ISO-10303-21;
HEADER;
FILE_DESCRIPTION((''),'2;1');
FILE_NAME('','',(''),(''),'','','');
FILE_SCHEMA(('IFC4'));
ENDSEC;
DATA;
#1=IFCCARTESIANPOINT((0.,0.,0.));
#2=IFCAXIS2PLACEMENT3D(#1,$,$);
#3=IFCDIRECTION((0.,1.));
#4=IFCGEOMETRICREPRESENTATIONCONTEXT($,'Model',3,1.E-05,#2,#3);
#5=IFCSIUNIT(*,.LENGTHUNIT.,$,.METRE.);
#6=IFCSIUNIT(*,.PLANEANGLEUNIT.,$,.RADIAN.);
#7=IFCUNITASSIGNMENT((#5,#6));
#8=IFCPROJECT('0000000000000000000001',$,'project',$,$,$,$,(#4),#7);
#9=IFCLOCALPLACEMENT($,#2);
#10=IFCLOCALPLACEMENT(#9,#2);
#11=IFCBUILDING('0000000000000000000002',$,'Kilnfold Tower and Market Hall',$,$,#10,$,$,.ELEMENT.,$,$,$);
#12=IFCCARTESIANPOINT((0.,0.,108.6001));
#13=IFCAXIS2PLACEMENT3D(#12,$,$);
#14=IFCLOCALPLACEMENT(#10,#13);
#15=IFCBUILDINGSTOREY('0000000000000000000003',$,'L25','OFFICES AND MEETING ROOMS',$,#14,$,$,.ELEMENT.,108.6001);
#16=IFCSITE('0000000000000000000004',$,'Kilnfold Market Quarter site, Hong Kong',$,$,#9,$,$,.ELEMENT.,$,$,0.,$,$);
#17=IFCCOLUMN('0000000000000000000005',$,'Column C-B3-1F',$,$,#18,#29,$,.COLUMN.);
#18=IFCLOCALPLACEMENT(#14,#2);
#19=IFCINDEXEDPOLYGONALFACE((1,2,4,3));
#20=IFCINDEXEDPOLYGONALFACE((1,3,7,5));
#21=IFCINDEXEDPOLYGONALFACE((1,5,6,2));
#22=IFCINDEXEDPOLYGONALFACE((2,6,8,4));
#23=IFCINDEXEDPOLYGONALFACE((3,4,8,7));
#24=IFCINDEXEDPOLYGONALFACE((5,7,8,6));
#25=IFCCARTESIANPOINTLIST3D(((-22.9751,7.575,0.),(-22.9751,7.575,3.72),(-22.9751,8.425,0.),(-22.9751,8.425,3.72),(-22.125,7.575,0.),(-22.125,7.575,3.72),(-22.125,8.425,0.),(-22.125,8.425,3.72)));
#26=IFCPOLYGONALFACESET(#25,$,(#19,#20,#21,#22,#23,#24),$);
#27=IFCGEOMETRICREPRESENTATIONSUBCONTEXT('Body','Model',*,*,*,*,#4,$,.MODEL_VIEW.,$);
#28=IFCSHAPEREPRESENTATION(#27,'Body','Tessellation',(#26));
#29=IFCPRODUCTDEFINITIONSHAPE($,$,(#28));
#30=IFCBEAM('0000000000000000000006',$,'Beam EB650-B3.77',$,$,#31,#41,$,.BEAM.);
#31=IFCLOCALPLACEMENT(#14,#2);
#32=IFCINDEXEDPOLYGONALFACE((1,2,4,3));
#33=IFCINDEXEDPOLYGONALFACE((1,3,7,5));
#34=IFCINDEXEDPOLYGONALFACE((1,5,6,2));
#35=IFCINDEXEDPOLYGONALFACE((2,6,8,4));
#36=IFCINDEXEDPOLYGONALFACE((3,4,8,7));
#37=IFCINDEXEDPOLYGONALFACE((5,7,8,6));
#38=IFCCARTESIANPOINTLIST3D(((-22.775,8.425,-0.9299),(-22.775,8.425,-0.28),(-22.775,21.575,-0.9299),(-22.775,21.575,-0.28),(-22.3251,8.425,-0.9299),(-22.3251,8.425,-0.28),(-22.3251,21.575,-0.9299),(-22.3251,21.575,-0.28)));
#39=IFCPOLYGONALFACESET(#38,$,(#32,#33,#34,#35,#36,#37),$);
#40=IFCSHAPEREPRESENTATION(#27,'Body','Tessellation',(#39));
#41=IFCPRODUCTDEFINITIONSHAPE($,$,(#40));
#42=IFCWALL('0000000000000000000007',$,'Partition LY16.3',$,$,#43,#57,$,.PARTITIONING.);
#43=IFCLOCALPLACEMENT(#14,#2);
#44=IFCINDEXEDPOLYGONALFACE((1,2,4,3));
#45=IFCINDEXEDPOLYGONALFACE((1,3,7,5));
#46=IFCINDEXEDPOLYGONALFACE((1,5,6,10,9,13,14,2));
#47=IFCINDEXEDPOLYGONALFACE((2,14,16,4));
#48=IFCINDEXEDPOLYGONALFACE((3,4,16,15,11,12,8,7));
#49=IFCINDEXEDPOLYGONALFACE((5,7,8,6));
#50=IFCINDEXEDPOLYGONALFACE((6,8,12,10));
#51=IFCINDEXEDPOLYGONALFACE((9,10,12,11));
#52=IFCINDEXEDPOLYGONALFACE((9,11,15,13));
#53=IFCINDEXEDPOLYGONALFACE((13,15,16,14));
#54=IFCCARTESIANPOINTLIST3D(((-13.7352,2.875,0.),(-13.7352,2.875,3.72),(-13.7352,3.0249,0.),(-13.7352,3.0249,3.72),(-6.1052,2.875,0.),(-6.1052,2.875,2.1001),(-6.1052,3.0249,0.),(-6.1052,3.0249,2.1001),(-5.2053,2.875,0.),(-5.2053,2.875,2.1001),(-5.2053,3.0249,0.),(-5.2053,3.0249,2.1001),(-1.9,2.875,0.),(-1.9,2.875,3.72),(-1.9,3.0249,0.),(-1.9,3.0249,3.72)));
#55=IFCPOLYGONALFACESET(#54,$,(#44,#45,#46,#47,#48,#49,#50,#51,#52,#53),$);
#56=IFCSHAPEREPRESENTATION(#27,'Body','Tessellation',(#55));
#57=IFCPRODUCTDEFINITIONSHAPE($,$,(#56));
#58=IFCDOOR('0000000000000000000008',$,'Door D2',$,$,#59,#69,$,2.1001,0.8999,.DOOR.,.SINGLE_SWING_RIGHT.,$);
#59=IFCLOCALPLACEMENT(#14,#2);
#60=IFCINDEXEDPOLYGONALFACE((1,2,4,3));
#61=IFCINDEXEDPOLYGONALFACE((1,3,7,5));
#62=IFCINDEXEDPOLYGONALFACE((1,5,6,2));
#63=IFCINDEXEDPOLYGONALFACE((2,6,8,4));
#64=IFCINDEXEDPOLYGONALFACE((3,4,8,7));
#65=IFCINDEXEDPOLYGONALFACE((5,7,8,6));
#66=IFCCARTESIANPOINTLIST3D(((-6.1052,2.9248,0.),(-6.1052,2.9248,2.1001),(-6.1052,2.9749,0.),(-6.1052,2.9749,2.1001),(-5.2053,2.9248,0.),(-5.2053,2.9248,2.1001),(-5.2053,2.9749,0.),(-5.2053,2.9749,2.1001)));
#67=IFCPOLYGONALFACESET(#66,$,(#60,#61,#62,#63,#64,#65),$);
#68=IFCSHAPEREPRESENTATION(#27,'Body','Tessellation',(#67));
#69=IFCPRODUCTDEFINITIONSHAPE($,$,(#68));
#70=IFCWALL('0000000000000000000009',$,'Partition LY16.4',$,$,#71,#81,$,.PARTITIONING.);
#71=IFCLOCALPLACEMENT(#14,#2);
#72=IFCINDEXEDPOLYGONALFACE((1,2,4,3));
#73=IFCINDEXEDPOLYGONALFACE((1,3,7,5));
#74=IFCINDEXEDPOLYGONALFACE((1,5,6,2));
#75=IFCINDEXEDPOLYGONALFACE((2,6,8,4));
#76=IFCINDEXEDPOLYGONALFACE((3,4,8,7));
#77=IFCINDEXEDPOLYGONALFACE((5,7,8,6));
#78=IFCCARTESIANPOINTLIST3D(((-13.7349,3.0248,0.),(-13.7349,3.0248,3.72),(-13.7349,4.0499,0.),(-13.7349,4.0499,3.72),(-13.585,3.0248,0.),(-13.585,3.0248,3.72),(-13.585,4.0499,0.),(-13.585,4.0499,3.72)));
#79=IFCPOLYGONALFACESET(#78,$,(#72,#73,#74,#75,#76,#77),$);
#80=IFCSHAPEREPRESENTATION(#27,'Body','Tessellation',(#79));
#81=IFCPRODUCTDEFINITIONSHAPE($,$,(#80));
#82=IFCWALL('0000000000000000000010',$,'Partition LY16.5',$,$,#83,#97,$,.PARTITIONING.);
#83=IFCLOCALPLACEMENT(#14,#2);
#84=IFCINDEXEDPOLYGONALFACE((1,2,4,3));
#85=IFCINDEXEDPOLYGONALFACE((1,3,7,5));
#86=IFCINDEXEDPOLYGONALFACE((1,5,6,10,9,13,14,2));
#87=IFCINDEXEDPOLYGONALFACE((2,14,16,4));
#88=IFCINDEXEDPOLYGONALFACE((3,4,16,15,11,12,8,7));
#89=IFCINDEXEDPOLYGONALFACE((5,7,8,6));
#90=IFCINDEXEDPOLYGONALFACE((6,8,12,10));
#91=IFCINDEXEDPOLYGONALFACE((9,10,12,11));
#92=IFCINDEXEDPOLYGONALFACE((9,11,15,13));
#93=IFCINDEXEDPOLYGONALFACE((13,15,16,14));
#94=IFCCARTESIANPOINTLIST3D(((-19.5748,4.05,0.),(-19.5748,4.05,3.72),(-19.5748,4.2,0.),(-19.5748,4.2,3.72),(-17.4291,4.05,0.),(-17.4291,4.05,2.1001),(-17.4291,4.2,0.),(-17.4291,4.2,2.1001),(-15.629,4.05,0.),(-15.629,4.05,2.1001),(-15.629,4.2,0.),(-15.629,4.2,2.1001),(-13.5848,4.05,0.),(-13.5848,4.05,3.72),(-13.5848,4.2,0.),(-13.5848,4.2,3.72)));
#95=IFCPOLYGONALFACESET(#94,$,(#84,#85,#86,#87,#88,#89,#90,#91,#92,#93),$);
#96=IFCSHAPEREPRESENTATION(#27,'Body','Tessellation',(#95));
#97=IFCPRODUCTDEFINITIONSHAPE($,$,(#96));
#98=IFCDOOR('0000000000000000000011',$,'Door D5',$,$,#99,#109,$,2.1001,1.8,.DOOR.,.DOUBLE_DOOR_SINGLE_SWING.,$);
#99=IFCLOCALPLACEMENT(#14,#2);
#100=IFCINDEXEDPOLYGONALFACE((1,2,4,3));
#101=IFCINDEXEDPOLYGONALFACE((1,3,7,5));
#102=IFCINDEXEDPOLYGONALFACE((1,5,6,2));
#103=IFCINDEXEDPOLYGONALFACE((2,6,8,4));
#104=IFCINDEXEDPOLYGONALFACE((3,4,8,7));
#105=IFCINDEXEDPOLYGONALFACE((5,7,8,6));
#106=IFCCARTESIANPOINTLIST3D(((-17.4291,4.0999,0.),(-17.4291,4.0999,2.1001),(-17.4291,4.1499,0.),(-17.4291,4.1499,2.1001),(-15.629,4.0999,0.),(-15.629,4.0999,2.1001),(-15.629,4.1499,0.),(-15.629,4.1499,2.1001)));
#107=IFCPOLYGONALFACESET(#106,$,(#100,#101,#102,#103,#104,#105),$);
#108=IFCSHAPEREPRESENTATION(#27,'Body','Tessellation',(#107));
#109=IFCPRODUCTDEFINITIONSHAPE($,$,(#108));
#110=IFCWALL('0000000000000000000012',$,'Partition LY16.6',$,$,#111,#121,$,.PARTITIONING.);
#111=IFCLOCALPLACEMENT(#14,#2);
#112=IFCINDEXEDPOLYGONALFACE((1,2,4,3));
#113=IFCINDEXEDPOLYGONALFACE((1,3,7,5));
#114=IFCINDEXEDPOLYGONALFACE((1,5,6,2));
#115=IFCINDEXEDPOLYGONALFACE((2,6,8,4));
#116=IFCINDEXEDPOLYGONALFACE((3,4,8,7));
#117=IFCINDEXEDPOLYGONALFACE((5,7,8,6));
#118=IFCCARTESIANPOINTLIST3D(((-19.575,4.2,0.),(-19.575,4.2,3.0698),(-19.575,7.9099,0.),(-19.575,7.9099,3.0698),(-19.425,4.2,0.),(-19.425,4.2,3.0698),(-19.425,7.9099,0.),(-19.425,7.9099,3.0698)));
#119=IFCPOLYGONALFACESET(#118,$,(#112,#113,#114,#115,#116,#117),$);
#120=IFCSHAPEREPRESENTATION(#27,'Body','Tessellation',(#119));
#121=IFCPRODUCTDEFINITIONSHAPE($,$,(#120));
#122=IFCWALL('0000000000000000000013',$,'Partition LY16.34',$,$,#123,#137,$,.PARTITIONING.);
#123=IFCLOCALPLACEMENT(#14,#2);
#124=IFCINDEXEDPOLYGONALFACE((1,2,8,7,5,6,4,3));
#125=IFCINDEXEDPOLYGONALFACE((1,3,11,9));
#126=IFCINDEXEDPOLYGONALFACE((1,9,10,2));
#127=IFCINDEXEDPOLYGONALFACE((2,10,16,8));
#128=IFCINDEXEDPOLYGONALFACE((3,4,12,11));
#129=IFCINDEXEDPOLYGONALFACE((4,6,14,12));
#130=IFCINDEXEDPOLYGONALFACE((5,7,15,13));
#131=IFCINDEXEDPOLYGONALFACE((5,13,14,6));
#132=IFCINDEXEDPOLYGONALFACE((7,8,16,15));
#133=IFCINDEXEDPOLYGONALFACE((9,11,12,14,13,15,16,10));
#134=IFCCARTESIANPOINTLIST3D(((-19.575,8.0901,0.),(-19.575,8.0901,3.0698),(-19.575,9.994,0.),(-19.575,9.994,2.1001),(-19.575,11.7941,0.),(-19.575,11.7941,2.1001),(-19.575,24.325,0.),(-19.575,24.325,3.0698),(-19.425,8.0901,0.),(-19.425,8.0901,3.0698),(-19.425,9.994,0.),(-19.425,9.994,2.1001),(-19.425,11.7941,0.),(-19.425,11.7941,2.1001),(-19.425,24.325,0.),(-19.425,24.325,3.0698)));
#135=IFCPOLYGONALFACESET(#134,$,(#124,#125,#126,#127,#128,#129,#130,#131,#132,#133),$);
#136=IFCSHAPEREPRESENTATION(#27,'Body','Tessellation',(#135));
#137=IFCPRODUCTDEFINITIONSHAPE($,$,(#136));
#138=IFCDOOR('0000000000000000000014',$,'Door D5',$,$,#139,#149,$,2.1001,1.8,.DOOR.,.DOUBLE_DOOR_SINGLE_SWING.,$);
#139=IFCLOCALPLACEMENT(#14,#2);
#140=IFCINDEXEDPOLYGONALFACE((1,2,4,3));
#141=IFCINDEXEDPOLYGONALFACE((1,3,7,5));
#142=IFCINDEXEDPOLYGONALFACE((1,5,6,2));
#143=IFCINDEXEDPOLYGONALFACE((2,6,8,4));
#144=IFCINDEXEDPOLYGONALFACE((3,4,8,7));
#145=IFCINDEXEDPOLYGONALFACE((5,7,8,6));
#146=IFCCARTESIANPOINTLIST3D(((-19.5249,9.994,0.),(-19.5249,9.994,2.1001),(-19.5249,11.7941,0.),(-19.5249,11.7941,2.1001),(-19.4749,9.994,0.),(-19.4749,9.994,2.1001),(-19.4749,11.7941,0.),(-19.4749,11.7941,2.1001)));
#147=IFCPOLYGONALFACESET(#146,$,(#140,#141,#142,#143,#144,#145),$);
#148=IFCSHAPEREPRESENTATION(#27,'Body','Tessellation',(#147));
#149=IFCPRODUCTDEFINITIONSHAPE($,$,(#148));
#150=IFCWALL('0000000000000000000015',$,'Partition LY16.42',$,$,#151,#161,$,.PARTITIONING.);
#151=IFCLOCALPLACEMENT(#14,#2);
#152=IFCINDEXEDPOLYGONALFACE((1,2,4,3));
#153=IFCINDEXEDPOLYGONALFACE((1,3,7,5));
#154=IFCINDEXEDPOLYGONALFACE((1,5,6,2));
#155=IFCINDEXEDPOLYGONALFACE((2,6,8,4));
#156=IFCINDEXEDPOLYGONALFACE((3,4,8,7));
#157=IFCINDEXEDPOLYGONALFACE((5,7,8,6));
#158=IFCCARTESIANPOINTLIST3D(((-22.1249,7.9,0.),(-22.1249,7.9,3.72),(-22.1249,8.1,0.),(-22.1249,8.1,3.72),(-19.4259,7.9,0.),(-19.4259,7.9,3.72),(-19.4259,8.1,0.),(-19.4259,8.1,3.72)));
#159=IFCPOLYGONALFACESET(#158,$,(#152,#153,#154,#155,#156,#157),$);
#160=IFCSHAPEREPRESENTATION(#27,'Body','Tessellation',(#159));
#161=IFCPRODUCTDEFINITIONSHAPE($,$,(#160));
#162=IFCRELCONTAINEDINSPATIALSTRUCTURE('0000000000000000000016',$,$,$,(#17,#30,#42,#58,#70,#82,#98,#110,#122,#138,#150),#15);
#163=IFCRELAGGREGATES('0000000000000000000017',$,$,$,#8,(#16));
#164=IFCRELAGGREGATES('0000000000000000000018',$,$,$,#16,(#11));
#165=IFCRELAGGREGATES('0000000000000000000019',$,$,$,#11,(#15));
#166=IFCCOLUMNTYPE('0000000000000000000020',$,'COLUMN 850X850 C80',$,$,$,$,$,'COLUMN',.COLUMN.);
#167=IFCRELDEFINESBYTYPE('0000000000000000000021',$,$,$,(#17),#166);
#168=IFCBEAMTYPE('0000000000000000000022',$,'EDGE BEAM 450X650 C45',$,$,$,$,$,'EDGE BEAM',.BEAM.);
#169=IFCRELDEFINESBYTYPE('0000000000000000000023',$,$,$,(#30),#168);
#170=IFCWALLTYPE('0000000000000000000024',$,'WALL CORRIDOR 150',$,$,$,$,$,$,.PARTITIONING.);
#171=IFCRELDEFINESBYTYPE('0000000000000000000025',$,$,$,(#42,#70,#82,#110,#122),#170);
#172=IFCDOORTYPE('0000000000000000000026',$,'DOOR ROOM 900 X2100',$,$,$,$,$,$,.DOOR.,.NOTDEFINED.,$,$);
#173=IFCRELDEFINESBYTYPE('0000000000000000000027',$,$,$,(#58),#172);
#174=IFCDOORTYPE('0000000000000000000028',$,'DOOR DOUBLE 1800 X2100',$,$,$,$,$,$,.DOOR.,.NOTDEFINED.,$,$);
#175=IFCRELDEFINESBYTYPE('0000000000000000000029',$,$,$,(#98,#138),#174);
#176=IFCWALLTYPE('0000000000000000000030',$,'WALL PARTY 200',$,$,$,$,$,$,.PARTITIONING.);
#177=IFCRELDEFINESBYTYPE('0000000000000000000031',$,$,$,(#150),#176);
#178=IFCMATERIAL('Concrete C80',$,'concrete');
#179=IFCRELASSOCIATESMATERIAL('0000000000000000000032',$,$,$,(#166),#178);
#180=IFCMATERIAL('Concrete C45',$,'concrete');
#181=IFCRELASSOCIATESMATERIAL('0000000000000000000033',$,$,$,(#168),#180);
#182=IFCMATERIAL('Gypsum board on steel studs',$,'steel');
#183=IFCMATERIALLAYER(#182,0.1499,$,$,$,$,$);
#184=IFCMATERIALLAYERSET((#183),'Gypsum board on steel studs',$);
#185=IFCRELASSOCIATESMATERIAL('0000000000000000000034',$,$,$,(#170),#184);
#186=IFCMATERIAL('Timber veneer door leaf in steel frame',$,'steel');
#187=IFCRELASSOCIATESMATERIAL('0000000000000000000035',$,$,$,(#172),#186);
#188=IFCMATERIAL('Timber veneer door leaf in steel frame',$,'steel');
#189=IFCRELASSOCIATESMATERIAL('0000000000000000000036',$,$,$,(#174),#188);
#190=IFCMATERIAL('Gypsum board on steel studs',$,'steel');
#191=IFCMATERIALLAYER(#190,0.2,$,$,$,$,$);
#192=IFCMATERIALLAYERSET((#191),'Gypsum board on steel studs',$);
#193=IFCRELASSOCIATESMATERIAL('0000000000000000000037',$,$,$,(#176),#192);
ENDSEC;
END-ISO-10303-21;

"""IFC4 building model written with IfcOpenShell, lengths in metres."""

from ifc_helpers import new_model, si_unit, direction, frame, frame_2d, origin, origin_2d, place, context, subcontext, project, spatial, rectangle, extrude, source, transform, mapped, material, layer, layer_set, material_profile, profile_set, type_object, element, fill, save


model = new_model("IFC4")

# Units and contexts
model_context = context("Model", 3, precision=1e-05, world=origin(), true_north=direction((0.0, 1.0)))
body_context = subcontext(model_context, "Body", "Model", "MODEL_VIEW")
ifc_project = project(units=[si_unit("LENGTHUNIT", "METRE"), si_unit("PLANEANGLEUNIT", "RADIAN")], contexts=[model_context])

# Site, building, storey
site_placement = place(None, origin())
site = spatial("IfcSite", under=ifc_project, at=site_placement, Name="Kilnfold Market Quarter site, Hong Kong", CompositionType="ELEMENT", RefElevation=0.0)
building_placement = place(site_placement, origin())
building = spatial("IfcBuilding", under=site, at=building_placement, Name="Kilnfold Tower and Market Hall", CompositionType="ELEMENT")
storey_placement = place(building_placement, frame((0.0, 0.0, 108.6001)))
storey = spatial("IfcBuildingStorey", under=building, at=storey_placement, Name="L25", Description="OFFICES AND MEETING ROOMS", CompositionType="ELEMENT", Elevation=108.6001)

# Column
ifc_material_1 = material(Name="Concrete C80", Category="concrete")
ifc_material_profile_1 = material_profile(ifc_material_1, rectangle(XDim=0.8501, YDim=0.8501, at=origin_2d()), Name="RC 850x850")
ifc_profile_set_1 = profile_set([ifc_material_profile_1], Name="Concrete C80")
column_type = type_object("IfcColumnType", Name="COLUMN 850X850 C80", ElementType="COLUMN", PredefinedType="COLUMN", material=ifc_profile_set_1)
shared_shape_1 = source(origin(), body_context, "Body", "SweptSolid", [
    extrude(rectangle(XDim=0.8501, YDim=0.8501, at=origin_2d()), origin(), (0.0, 0.0, 1.0), 3.72),
])
column_placement = place(storey_placement, frame((-22.55, 8.0, 0.0), z_axis=(0.0, 0.0, 1.0), x_axis=(1.0, 0.0, 0.0)))
element("IfcColumn", 1, at=column_placement, inside=storey, type_object=column_type, Name="Column C-B3-1F", PredefinedType="COLUMN", context=body_context, shape_type="MappedRepresentation", body=[
    mapped(shared_shape_1, transform((0.0, 0.0, 0.0))),
])

# Beam
ifc_material_2 = material(Name="Concrete C45", Category="concrete")
ifc_material_profile_2 = material_profile(ifc_material_2, rectangle(XDim=0.45, YDim=0.6499, at=origin_2d()), Name="RC 450x650")
ifc_profile_set_2 = profile_set([ifc_material_profile_2], Name="Concrete C45")
beam_type = type_object("IfcBeamType", Name="EDGE BEAM 450X650 C45", ElementType="EDGE BEAM", PredefinedType="BEAM", material=ifc_profile_set_2)
shared_shape_2 = source(origin(), body_context, "Body", "SweptSolid", [
    extrude(rectangle(XDim=0.45, YDim=0.6499, at=origin_2d()), origin(), (0.0, 0.0, 1.0), 13.1499),
])
beam_placement = place(storey_placement, frame((-22.55, 8.425, -0.605), z_axis=(0.0, 1.0, 0.0), x_axis=(-1.0, 0.0, 0.0)))
element("IfcBeam", 2, at=beam_placement, inside=storey, type_object=beam_type, Name="Beam EB650-B3.77", PredefinedType="BEAM", context=body_context, shape_type="MappedRepresentation", body=[
    mapped(shared_shape_2, transform((0.0, 0.0, 0.0))),
])

# Wall, opening, door
ifc_material_3 = material(Name="Gypsum board on steel studs", Category="steel")
ifc_layer_1 = layer(ifc_material_3, 0.1499)
ifc_layer_set_1 = layer_set([ifc_layer_1], Name="Gypsum board on steel studs")
wall_type_1 = type_object("IfcWallType", Name="WALL CORRIDOR 150", PredefinedType="PARTITIONING", material=ifc_layer_set_1)
wall_1_placement = place(storey_placement, frame((-13.7351, 2.95, 0.0), z_axis=(0.0, 0.0, 1.0), x_axis=(1.0, 0.0, 0.0)))
wall_1 = element("IfcWall", 3, at=wall_1_placement, inside=storey, type_object=wall_type_1, Name="Partition LY16.3", PredefinedType="PARTITIONING", context=body_context, shape_type="SweptSolid", body=[
    extrude(rectangle(XDim=11.8352, YDim=0.1499, at=frame_2d((5.9175, 0.0))), origin(), (0.0, 0.0, 1.0), 3.72),
])
opening_1_placement = place(wall_1_placement, frame((7.6299, 0.0, 0.0)))
opening_1 = element("IfcOpeningElement", 4, at=opening_1_placement, cuts=wall_1, PredefinedType="OPENING", context=body_context, shape_type="SweptSolid", body=[
    extrude(rectangle(XDim=0.8999, YDim=2.1001, at=frame_2d((0.45, 1.05))), frame((0.0, 0.085, 0.0), z_axis=(0.0, -1.0, 0.0), x_axis=(1.0, 0.0, 0.0)), (0.0, 0.0, 1.0), 0.1699),
])
ifc_material_4 = material(Name="Timber veneer door leaf in steel frame", Category="steel")
door_type_1 = type_object("IfcDoorType", Name="DOOR ROOM 900 X2100", OperationType="NOTDEFINED", PredefinedType="DOOR", material=ifc_material_4)
door_1_placement = place(opening_1_placement, origin())
door_1 = element("IfcDoor", 5, at=door_1_placement, inside=storey, type_object=door_type_1, Name="Door D2", OperationType="SINGLE_SWING_RIGHT", OverallHeight=2.1001, OverallWidth=0.8999, PredefinedType="DOOR", context=body_context, shape_type="SweptSolid", body=[
    extrude(rectangle(XDim=0.8999, YDim=2.1001, at=frame_2d((0.45, 1.05))), frame((0.0, 0.0249, 0.0), z_axis=(0.0, -1.0, 0.0), x_axis=(1.0, 0.0, 0.0)), (0.0, 0.0, 1.0), 0.05),
])
fill(opening_1, door_1)

# Wall
wall_2_placement = place(storey_placement, frame((-13.6599, 4.05, 0.0), z_axis=(0.0, 0.0, 1.0), x_axis=(0.0, -1.0, 0.0)))
element("IfcWall", 6, at=wall_2_placement, inside=storey, type_object=wall_type_1, Name="Partition LY16.4", PredefinedType="PARTITIONING", context=body_context, shape_type="SweptSolid", body=[
    extrude(rectangle(XDim=1.0251, YDim=0.1499, at=frame_2d((0.5127, 0.0))), origin(), (0.0, 0.0, 1.0), 3.72),
])

# Wall, opening, door
wall_3_placement = place(storey_placement, frame((-19.575, 4.125, 0.0), z_axis=(0.0, 0.0, 1.0), x_axis=(1.0, 0.0, 0.0)))
wall_3 = element("IfcWall", 7, at=wall_3_placement, inside=storey, type_object=wall_type_1, Name="Partition LY16.5", PredefinedType="PARTITIONING", context=body_context, shape_type="SweptSolid", body=[
    extrude(rectangle(XDim=5.99, YDim=0.1499, at=frame_2d((2.9951, 0.0))), origin(), (0.0, 0.0, 1.0), 3.72),
])
opening_2_placement = place(wall_3_placement, frame((2.146, 0.0, 0.0)))
opening_2 = element("IfcOpeningElement", 8, at=opening_2_placement, cuts=wall_3, PredefinedType="OPENING", context=body_context, shape_type="SweptSolid", body=[
    extrude(rectangle(XDim=1.8, YDim=2.1001, at=frame_2d((0.8999, 1.05))), frame((0.0, 0.085, 0.0), z_axis=(0.0, -1.0, 0.0), x_axis=(1.0, 0.0, 0.0)), (0.0, 0.0, 1.0), 0.1699),
])
ifc_material_5 = material(Name="Timber veneer door leaf in steel frame", Category="steel")
door_type_2 = type_object("IfcDoorType", Name="DOOR DOUBLE 1800 X2100", OperationType="NOTDEFINED", PredefinedType="DOOR", material=ifc_material_5)
door_2_placement = place(opening_2_placement, origin())
door_2 = element("IfcDoor", 9, at=door_2_placement, inside=storey, type_object=door_type_2, Name="Door D5", OperationType="DOUBLE_DOOR_SINGLE_SWING", OverallHeight=2.1001, OverallWidth=1.8, PredefinedType="DOOR", context=body_context, shape_type="SweptSolid", body=[
    extrude(rectangle(XDim=1.8, YDim=2.1001, at=frame_2d((0.8999, 1.05))), frame((0.0, 0.0249, 0.0), z_axis=(0.0, -1.0, 0.0), x_axis=(1.0, 0.0, 0.0)), (0.0, 0.0, 1.0), 0.05),
])
fill(opening_2, door_2)

# Wall
wall_4_placement = place(storey_placement, frame((-19.5, 4.2, 0.0), z_axis=(0.0, 0.0, 1.0), x_axis=(0.0, 1.0, 0.0)))
element("IfcWall", 10, at=wall_4_placement, inside=storey, type_object=wall_type_1, Name="Partition LY16.6", PredefinedType="PARTITIONING", context=body_context, shape_type="SweptSolid", body=[
    extrude(rectangle(XDim=3.71, YDim=0.1499, at=frame_2d((1.855, 0.0))), origin(), (0.0, 0.0, 1.0), 3.0698),
])

# Wall, opening, door
wall_5_placement = place(storey_placement, frame((-19.5, 8.0901, 0.0), z_axis=(0.0, 0.0, 1.0), x_axis=(0.0, 1.0, 0.0)))
wall_5 = element("IfcWall", 11, at=wall_5_placement, inside=storey, type_object=wall_type_1, Name="Partition LY16.34", PredefinedType="PARTITIONING", context=body_context, shape_type="SweptSolid", body=[
    extrude(rectangle(XDim=16.2349, YDim=0.1499, at=frame_2d((8.1174, 0.0))), origin(), (0.0, 0.0, 1.0), 3.0698),
])
opening_3_placement = place(wall_5_placement, frame((1.9041, 0.0, 0.0)))
opening_3 = element("IfcOpeningElement", 12, at=opening_3_placement, cuts=wall_5, PredefinedType="OPENING", context=body_context, shape_type="SweptSolid", body=[
    extrude(rectangle(XDim=1.8, YDim=2.1001, at=frame_2d((0.8999, 1.05))), frame((0.0, 0.085, 0.0), z_axis=(0.0, -1.0, 0.0), x_axis=(1.0, 0.0, 0.0)), (0.0, 0.0, 1.0), 0.1699),
])
door_3_placement = place(opening_3_placement, origin())
door_3 = element("IfcDoor", 13, at=door_3_placement, inside=storey, type_object=door_type_2, Name="Door D5", OperationType="DOUBLE_DOOR_SINGLE_SWING", OverallHeight=2.1001, OverallWidth=1.8, PredefinedType="DOOR", context=body_context, shape_type="SweptSolid", body=[
    extrude(rectangle(XDim=1.8, YDim=2.1001, at=frame_2d((0.8999, 1.05))), frame((0.0, 0.0249, 0.0), z_axis=(0.0, -1.0, 0.0), x_axis=(1.0, 0.0, 0.0)), (0.0, 0.0, 1.0), 0.05),
])
fill(opening_3, door_3)

# Wall
ifc_material_6 = material(Name="Gypsum board on steel studs", Category="steel")
ifc_layer_2 = layer(ifc_material_6, 0.2)
ifc_layer_set_2 = layer_set([ifc_layer_2], Name="Gypsum board on steel studs")
wall_type_2 = type_object("IfcWallType", Name="WALL PARTY 200", PredefinedType="PARTITIONING", material=ifc_layer_set_2)
wall_6_placement = place(storey_placement, frame((-22.125, 8.0, 0.0), z_axis=(0.0, 0.0, 1.0), x_axis=(1.0, 0.0, 0.0)))
element("IfcWall", 14, at=wall_6_placement, inside=storey, type_object=wall_type_2, Name="Partition LY16.42", PredefinedType="PARTITIONING", context=body_context, shape_type="SweptSolid", body=[
    extrude(rectangle(XDim=2.699, YDim=0.2, at=frame_2d((1.3496, 0.0))), origin(), (0.0, 0.0, 1.0), 3.72),
])

save(model, "model.ifc")
